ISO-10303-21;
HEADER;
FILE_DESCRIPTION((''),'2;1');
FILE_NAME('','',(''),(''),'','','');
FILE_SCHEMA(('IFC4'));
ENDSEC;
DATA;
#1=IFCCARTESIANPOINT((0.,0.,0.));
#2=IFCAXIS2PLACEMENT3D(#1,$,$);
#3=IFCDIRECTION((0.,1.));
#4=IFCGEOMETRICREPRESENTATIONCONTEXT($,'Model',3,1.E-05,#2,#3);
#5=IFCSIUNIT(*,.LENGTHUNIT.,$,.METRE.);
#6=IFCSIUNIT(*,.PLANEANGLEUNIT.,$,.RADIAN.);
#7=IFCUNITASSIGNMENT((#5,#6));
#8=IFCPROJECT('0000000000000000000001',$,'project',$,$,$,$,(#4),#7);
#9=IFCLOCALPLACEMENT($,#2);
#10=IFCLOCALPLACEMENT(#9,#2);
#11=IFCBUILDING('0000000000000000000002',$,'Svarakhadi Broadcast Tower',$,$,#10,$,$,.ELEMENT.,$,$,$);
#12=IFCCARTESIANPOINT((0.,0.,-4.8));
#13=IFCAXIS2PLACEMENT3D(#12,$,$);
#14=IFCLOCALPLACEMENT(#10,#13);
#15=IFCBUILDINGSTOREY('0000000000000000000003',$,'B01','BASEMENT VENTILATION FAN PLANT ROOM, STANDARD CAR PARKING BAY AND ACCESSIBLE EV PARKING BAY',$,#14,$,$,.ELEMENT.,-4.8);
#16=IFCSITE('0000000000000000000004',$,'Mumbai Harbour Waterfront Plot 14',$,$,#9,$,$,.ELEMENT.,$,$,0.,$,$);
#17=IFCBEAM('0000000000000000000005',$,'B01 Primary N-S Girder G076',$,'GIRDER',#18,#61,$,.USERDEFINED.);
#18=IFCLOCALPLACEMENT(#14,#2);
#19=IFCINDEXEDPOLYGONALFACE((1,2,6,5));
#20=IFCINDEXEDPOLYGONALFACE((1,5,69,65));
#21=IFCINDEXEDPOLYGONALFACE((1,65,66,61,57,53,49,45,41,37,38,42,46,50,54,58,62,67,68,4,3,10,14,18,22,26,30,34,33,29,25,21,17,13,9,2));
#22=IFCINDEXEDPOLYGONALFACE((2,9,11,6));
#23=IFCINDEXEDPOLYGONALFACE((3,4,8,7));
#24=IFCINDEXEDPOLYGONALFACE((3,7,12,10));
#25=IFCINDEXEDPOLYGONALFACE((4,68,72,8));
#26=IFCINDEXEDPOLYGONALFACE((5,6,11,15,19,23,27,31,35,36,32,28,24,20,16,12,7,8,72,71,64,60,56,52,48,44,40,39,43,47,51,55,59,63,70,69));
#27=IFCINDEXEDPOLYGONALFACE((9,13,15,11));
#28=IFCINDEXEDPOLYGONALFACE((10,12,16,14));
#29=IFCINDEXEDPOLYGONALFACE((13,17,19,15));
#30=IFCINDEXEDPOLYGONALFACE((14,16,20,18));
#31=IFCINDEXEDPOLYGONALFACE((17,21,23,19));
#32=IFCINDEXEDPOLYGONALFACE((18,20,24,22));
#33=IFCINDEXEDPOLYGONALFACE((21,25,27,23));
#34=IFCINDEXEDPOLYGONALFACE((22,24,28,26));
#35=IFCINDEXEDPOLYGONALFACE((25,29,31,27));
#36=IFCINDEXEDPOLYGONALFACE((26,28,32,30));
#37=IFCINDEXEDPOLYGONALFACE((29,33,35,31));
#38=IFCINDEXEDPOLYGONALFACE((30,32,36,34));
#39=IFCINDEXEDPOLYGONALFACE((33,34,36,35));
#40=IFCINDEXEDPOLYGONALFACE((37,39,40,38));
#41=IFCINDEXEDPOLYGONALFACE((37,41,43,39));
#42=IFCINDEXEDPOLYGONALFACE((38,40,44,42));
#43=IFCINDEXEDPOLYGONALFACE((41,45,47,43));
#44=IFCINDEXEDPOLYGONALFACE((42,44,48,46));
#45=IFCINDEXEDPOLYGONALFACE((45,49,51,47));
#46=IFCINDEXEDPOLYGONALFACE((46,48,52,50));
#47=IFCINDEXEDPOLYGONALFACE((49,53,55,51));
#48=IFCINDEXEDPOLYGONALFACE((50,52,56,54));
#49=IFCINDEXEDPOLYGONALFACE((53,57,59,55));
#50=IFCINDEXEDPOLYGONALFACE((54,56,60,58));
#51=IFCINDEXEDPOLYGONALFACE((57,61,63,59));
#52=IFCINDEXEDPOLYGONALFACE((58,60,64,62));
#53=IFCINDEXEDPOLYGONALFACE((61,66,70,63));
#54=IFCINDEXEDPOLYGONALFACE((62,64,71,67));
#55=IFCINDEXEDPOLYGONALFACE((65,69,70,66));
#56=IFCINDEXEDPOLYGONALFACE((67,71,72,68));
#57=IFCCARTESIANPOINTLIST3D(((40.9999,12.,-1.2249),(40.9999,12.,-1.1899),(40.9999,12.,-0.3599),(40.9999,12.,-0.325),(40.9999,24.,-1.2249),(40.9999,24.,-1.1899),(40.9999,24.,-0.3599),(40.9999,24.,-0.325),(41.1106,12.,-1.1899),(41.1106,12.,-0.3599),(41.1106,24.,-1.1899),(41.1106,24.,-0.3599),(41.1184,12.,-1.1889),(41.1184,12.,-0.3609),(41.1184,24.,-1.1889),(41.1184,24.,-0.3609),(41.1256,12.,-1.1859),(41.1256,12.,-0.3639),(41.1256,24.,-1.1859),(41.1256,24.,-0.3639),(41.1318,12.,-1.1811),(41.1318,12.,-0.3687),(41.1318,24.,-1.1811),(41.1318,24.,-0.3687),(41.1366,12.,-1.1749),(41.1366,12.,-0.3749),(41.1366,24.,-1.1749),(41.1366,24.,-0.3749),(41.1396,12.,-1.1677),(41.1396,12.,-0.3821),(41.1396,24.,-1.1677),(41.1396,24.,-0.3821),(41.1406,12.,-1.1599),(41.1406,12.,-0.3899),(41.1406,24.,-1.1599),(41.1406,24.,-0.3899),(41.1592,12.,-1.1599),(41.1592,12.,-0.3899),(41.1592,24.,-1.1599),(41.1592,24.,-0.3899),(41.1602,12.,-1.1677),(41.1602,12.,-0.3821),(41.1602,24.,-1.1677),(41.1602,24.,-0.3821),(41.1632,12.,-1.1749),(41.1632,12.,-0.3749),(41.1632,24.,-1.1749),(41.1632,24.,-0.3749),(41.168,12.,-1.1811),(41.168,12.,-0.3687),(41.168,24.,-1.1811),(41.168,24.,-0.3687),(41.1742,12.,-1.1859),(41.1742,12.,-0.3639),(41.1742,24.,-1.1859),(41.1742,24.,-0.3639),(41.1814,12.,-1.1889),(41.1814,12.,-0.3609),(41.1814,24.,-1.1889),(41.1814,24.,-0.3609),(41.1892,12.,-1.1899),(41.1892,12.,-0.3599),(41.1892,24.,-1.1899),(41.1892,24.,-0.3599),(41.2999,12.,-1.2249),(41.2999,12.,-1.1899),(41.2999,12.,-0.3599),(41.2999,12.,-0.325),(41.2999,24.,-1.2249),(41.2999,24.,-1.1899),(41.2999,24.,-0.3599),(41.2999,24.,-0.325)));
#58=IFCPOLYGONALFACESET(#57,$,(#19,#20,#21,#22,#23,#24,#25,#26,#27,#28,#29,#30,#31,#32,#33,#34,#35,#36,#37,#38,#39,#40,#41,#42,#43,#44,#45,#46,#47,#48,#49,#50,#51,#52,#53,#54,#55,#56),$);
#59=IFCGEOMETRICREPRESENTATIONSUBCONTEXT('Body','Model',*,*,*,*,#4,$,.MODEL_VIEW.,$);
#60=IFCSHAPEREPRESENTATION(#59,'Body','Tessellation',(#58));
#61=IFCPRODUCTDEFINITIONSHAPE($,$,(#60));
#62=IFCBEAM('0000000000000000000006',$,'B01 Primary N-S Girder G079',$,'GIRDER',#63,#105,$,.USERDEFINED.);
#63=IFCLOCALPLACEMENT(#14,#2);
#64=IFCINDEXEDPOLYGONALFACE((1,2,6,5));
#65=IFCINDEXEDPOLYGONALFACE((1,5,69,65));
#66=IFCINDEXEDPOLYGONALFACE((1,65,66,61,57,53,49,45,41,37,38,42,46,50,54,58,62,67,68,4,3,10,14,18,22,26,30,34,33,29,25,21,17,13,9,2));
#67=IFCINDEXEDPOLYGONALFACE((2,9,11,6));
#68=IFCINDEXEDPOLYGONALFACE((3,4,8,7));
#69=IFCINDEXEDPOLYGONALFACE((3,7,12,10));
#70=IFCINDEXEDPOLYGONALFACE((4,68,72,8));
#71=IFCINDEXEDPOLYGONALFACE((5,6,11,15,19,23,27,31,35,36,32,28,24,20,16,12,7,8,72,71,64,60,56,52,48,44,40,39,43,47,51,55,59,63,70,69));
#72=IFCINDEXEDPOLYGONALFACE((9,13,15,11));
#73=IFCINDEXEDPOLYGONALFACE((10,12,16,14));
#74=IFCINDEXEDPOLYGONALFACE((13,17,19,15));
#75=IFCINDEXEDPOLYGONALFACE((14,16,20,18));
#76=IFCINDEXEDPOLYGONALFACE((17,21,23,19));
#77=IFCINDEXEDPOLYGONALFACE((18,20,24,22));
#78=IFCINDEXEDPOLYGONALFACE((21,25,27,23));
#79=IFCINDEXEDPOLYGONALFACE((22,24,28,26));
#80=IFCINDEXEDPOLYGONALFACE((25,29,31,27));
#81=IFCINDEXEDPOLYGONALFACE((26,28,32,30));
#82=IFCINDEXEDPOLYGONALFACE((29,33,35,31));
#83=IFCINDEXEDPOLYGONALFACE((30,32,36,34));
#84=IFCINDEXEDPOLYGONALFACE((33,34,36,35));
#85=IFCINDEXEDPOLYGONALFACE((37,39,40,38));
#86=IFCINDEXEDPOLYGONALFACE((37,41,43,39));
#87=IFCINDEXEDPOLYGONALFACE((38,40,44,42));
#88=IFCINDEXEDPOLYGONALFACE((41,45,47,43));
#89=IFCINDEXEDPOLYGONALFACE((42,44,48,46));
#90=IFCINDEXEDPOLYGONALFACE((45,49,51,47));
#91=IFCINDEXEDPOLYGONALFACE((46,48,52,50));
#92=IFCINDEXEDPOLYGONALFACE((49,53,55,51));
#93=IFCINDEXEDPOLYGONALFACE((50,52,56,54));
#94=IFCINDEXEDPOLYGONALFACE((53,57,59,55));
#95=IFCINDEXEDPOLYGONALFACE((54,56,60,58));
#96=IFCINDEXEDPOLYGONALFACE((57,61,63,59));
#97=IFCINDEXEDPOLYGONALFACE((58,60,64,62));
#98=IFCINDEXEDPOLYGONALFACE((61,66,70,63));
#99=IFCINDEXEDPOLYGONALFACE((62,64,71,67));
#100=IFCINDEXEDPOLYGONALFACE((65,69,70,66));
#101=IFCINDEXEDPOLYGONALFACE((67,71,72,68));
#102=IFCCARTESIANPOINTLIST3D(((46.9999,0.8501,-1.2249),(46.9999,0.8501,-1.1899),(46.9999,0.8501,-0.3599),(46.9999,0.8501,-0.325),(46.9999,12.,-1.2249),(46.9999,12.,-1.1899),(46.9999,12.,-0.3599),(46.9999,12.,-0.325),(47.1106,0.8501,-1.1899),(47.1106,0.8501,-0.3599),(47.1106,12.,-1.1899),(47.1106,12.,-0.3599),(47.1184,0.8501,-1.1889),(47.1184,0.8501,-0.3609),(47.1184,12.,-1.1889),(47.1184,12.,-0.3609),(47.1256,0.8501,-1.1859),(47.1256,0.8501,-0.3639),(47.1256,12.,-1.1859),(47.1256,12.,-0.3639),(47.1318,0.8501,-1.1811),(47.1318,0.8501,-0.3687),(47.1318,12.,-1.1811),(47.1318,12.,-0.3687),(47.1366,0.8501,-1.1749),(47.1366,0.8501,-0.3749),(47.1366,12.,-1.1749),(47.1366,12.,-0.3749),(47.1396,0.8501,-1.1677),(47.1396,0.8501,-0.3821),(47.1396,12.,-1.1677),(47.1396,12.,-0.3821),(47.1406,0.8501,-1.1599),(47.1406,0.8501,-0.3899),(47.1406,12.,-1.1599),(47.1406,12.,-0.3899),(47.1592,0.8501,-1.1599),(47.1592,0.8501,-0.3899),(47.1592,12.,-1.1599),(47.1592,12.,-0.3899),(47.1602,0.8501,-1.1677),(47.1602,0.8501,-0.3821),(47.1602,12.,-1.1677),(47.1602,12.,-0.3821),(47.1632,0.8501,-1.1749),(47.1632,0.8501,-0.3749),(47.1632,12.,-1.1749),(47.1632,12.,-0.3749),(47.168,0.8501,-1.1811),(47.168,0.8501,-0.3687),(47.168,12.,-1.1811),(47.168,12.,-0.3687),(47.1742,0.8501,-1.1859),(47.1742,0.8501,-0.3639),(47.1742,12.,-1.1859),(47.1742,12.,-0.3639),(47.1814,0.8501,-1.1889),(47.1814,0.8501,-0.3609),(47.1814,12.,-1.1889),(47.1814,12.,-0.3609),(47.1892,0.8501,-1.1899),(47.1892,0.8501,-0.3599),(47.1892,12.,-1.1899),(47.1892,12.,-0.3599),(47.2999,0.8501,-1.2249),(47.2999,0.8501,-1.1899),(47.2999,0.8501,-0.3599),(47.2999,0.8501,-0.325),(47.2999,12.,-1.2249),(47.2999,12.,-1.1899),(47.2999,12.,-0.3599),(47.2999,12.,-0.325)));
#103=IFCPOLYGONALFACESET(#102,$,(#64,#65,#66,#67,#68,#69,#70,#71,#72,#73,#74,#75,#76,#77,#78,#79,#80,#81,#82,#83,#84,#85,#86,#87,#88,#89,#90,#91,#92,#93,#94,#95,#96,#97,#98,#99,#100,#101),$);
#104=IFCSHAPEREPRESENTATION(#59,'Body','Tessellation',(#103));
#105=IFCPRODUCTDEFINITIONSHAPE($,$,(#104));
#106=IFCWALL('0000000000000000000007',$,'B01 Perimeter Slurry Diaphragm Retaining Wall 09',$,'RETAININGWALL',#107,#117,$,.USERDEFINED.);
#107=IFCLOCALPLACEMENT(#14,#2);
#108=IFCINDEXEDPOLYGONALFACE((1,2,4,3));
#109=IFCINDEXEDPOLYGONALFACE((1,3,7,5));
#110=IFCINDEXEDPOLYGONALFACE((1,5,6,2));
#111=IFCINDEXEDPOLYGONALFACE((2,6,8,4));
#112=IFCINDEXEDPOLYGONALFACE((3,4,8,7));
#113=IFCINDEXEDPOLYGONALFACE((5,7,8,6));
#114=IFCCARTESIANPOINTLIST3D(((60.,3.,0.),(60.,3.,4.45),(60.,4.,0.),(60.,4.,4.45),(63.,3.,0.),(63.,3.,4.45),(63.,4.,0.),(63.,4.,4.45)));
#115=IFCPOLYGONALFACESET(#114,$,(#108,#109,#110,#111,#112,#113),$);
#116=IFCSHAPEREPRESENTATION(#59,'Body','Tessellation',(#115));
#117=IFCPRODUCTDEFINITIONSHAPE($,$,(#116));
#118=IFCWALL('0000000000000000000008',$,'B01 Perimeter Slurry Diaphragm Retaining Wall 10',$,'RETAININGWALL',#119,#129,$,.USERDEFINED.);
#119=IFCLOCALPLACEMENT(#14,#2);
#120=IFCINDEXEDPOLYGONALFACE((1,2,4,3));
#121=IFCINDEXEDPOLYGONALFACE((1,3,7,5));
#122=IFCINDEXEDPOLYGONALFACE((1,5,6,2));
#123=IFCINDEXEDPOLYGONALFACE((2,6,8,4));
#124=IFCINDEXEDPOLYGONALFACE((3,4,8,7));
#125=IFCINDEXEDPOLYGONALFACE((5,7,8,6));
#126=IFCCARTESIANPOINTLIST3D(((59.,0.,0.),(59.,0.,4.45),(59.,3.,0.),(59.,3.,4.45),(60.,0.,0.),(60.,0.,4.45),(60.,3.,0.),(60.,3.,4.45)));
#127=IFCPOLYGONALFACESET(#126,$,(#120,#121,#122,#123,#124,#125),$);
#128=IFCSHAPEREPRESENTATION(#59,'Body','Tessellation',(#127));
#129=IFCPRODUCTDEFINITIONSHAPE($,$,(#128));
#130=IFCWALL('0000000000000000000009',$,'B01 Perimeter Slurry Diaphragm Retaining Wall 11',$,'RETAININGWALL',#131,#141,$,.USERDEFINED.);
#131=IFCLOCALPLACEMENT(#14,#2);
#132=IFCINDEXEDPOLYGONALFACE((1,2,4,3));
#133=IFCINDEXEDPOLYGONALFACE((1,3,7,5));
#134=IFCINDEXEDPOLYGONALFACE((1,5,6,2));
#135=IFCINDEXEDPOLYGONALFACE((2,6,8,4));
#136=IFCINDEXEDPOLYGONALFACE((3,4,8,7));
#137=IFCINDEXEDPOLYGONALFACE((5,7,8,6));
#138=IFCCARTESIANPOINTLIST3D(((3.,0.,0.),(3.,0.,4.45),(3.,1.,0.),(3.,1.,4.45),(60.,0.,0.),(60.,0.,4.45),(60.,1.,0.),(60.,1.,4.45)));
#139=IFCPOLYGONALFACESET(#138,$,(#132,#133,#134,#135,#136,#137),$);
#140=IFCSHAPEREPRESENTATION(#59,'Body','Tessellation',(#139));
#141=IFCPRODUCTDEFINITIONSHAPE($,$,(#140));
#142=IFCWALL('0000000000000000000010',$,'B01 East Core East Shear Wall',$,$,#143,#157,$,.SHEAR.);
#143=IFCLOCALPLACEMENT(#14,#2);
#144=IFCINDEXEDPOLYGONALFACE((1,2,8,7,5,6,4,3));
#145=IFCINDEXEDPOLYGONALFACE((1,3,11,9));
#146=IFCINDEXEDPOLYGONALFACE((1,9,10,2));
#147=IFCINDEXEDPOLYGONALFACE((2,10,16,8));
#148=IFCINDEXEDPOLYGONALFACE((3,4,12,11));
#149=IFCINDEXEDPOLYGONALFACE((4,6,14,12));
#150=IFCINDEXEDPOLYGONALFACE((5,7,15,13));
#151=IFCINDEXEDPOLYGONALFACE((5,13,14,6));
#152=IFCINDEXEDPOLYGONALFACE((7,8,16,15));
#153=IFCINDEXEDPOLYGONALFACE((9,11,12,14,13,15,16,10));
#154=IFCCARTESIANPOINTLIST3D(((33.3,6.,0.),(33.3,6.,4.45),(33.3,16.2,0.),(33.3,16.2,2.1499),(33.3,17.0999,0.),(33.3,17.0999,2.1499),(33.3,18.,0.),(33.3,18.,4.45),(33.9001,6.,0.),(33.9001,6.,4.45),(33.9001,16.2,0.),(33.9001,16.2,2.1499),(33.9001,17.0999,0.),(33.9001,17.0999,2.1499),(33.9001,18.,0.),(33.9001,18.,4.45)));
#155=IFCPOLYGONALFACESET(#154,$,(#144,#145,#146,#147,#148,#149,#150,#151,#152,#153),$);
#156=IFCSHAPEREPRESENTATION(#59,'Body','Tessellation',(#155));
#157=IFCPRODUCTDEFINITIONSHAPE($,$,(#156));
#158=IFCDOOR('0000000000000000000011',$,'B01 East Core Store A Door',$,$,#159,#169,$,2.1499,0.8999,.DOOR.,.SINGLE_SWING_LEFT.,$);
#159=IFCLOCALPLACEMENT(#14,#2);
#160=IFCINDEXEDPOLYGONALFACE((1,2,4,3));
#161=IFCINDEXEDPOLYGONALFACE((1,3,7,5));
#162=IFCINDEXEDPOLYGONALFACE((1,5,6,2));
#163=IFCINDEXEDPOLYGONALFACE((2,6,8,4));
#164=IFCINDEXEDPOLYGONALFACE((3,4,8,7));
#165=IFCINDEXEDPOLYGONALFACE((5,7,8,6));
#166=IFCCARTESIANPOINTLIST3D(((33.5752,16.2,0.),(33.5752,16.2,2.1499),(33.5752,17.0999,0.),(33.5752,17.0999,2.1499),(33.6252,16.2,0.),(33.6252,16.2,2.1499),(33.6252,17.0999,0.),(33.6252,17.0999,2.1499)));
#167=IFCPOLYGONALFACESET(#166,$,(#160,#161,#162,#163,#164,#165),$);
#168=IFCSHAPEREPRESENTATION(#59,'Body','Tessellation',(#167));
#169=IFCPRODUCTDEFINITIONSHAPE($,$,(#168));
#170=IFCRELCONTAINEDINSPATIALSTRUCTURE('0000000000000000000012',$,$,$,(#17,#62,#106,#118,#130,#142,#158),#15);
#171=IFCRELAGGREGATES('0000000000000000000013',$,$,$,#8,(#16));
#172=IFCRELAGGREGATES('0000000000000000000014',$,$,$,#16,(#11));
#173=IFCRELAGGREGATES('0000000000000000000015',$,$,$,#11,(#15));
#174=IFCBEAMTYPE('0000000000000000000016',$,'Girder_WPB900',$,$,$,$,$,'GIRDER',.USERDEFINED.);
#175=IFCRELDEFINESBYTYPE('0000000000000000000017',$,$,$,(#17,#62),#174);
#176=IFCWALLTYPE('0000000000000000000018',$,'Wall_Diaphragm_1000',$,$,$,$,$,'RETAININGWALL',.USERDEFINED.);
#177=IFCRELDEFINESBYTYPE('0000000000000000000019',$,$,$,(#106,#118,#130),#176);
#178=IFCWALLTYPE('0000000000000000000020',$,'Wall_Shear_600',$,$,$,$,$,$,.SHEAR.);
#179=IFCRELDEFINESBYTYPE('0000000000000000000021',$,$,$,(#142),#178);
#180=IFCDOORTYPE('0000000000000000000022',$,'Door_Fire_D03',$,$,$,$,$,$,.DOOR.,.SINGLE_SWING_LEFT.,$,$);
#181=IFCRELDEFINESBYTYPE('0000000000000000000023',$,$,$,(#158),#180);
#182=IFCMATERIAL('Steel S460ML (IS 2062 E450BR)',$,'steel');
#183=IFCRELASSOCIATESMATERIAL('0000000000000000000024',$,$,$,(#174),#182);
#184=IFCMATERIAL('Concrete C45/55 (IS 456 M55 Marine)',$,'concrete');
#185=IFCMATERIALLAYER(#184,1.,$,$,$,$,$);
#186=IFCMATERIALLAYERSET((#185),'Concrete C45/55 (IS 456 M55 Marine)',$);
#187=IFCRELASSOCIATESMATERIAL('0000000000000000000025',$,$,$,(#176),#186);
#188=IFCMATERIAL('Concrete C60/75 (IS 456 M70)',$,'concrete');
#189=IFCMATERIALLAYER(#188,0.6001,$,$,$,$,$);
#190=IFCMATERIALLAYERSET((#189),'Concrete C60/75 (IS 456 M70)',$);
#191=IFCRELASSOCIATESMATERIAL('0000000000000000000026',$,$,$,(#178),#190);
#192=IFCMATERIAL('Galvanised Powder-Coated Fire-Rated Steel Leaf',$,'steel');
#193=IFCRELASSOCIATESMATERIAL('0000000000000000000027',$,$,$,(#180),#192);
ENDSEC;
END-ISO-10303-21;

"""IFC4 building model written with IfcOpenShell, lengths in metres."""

from ifc_helpers import new_model, si_unit, direction, frame, frame_2d, origin, origin_2d, place, context, subcontext, project, spatial, rectangle, i_section, extrude, material, layer, layer_set, material_profile, profile_set, type_object, element, fill, save


model = new_model("IFC4")

# Units and contexts
model_context = context("Model", 3, precision=1e-05, world=origin(), true_north=direction((0.0, 1.0)))
body_context = subcontext(model_context, "Body", "Model", "MODEL_VIEW")
ifc_project = project(units=[si_unit("LENGTHUNIT", "METRE"), si_unit("PLANEANGLEUNIT", "RADIAN")], contexts=[model_context])

# Site, building, storey
site_placement = place(None, origin())
site = spatial("IfcSite", under=ifc_project, at=site_placement, Name="Mumbai Harbour Waterfront Plot 14", CompositionType="ELEMENT", RefElevation=0.0)
building_placement = place(site_placement, origin())
building = spatial("IfcBuilding", under=site, at=building_placement, Name="Svarakhadi Broadcast Tower", CompositionType="ELEMENT")
storey_placement = place(building_placement, frame((0.0, 0.0, -4.8)))
storey = spatial("IfcBuildingStorey", under=building, at=storey_placement, Name="B01", Description="BASEMENT VENTILATION FAN PLANT ROOM, STANDARD CAR PARKING BAY AND ACCESSIBLE EV PARKING BAY", CompositionType="ELEMENT", Elevation=-4.8)

# Shared definitions
ifc_material_1 = material(Name="Steel S460ML (IS 2062 E450BR)", Category="steel")
ifc_material_2 = material(Name="Concrete C45/55 (IS 456 M55 Marine)", Category="concrete")
ifc_material_3 = material(Name="Concrete C60/75 (IS 456 M70)", Category="concrete")

# Beams
ifc_material_profile_1 = material_profile(ifc_material_1, i_section(OverallWidth=0.3, OverallDepth=0.8999, WebThickness=0.0186, FlangeThickness=0.0349, FilletRadius=0.03, at=origin_2d()), Name="WPB 900x300x291")
ifc_profile_set_1 = profile_set([ifc_material_profile_1], Name="Steel S460ML (IS 2062 E450BR)")
beam_type_1 = type_object("IfcBeamType", Name="Girder_WPB900", ElementType="GIRDER", PredefinedType="USERDEFINED", material=ifc_profile_set_1)
beam_1_placement = place(storey_placement, frame((41.1499, 12.0, -0.7749), z_axis=(0.0, 1.0, 0.0), x_axis=(-1.0, 0.0, 0.0)))
element("IfcBeam", 1, at=beam_1_placement, inside=storey, type_object=beam_type_1, Name="B01 Primary N-S Girder G076", ObjectType="GIRDER", PredefinedType="USERDEFINED", context=body_context, shape_type="SweptSolid", body=[
    extrude(i_section(OverallWidth=0.3, OverallDepth=0.8999, WebThickness=0.0186, FlangeThickness=0.0349, FilletRadius=0.03, at=origin_2d()), origin(), (0.0, 0.0, 1.0), 12.0),
])
beam_2_placement = place(storey_placement, frame((47.1499, 0.8501, -0.7749), z_axis=(0.0, 1.0, 0.0), x_axis=(-1.0, 0.0, 0.0)))
element("IfcBeam", 2, at=beam_2_placement, inside=storey, type_object=beam_type_1, Name="B01 Primary N-S Girder G079", ObjectType="GIRDER", PredefinedType="USERDEFINED", context=body_context, shape_type="SweptSolid", body=[
    extrude(i_section(OverallWidth=0.3, OverallDepth=0.8999, WebThickness=0.0186, FlangeThickness=0.0349, FilletRadius=0.03, at=origin_2d()), origin(), (0.0, 0.0, 1.0), 11.1499),
])

# Walls
ifc_layer_1 = layer(ifc_material_2, 1.0)
ifc_layer_set_1 = layer_set([ifc_layer_1], Name="Concrete C45/55 (IS 456 M55 Marine)")
wall_type_1 = type_object("IfcWallType", Name="Wall_Diaphragm_1000", ElementType="RETAININGWALL", PredefinedType="USERDEFINED", material=ifc_layer_set_1)
for number, where, z_axis, x_axis, name in (
    (3, (63.0, 3.5, 0.0), (0.0, 0.0, 1.0), (-1.0, 0.0, 0.0), "B01 Perimeter Slurry Diaphragm Retaining Wall 09"),
    (4, (59.5, 3.0, 0.0), (0.0, 0.0, 1.0), (0.0, -1.0, 0.0), "B01 Perimeter Slurry Diaphragm Retaining Wall 10"),
):
    element("IfcWall", number, at=place(storey_placement, frame(where, z_axis=z_axis, x_axis=x_axis)), inside=storey, type_object=wall_type_1, Name=name, ObjectType="RETAININGWALL", PredefinedType="USERDEFINED", context=body_context, shape_type="SweptSolid", body=[
        extrude(rectangle(XDim=3.0, YDim=1.0, at=frame_2d((1.5, 0.0))), origin(), (0.0, 0.0, 1.0), 4.45),
    ])
wall_1_placement = place(storey_placement, frame((60.0, 0.5, 0.0), z_axis=(0.0, 0.0, 1.0), x_axis=(-1.0, 0.0, 0.0)))
element("IfcWall", 5, at=wall_1_placement, inside=storey, type_object=wall_type_1, Name="B01 Perimeter Slurry Diaphragm Retaining Wall 11", ObjectType="RETAININGWALL", PredefinedType="USERDEFINED", context=body_context, shape_type="SweptSolid", body=[
    extrude(rectangle(XDim=57.0, YDim=1.0, at=frame_2d((28.5, 0.0))), origin(), (0.0, 0.0, 1.0), 4.45),
])

# Wall, opening, door
ifc_layer_2 = layer(ifc_material_3, 0.6001)
ifc_layer_set_2 = layer_set([ifc_layer_2], Name="Concrete C60/75 (IS 456 M70)")
wall_type_2 = type_object("IfcWallType", Name="Wall_Shear_600", PredefinedType="SHEAR", material=ifc_layer_set_2)
wall_2_placement = place(storey_placement, frame((33.6001, 6.0, 0.0), z_axis=(0.0, 0.0, 1.0), x_axis=(0.0, 1.0, 0.0)))
wall_2 = element("IfcWall", 6, at=wall_2_placement, inside=storey, type_object=wall_type_2, Name="B01 East Core East Shear Wall", PredefinedType="SHEAR", context=body_context, shape_type="SweptSolid", body=[
    extrude(rectangle(XDim=12.0, YDim=0.6001, at=frame_2d((6.0, 0.0))), origin(), (0.0, 0.0, 1.0), 4.45),
])
opening_placement = place(wall_2_placement, frame((10.2, 0.0, 0.0)))
opening = element("IfcOpeningElement", 7, at=opening_placement, cuts=wall_2, PredefinedType="OPENING", context=body_context, shape_type="SweptSolid", body=[
    extrude(rectangle(XDim=0.8999, YDim=2.1499, at=frame_2d((0.45, 1.075))), frame((0.0, 0.3101, 0.0), z_axis=(0.0, -1.0, 0.0), x_axis=(1.0, 0.0, 0.0)), (0.0, 0.0, 1.0), 0.6201),
])
ifc_material_4 = material(Name="Galvanised Powder-Coated Fire-Rated Steel Leaf", Category="steel")
door_type = type_object("IfcDoorType", Name="Door_Fire_D03", OperationType="SINGLE_SWING_LEFT", PredefinedType="DOOR", material=ifc_material_4)
door_placement = place(opening_placement, origin())
door = element("IfcDoor", 8, at=door_placement, inside=storey, type_object=door_type, Name="B01 East Core Store A Door", OperationType="SINGLE_SWING_LEFT", OverallHeight=2.1499, OverallWidth=0.8999, PredefinedType="DOOR", context=body_context, shape_type="SweptSolid", body=[
    extrude(rectangle(XDim=0.8999, YDim=2.1499, at=frame_2d((0.45, 1.075))), frame((0.0, 0.0249, 0.0), z_axis=(0.0, -1.0, 0.0), x_axis=(1.0, 0.0, 0.0)), (0.0, 0.0, 1.0), 0.05),
])
fill(opening, door)

save(model, "model.ifc")
